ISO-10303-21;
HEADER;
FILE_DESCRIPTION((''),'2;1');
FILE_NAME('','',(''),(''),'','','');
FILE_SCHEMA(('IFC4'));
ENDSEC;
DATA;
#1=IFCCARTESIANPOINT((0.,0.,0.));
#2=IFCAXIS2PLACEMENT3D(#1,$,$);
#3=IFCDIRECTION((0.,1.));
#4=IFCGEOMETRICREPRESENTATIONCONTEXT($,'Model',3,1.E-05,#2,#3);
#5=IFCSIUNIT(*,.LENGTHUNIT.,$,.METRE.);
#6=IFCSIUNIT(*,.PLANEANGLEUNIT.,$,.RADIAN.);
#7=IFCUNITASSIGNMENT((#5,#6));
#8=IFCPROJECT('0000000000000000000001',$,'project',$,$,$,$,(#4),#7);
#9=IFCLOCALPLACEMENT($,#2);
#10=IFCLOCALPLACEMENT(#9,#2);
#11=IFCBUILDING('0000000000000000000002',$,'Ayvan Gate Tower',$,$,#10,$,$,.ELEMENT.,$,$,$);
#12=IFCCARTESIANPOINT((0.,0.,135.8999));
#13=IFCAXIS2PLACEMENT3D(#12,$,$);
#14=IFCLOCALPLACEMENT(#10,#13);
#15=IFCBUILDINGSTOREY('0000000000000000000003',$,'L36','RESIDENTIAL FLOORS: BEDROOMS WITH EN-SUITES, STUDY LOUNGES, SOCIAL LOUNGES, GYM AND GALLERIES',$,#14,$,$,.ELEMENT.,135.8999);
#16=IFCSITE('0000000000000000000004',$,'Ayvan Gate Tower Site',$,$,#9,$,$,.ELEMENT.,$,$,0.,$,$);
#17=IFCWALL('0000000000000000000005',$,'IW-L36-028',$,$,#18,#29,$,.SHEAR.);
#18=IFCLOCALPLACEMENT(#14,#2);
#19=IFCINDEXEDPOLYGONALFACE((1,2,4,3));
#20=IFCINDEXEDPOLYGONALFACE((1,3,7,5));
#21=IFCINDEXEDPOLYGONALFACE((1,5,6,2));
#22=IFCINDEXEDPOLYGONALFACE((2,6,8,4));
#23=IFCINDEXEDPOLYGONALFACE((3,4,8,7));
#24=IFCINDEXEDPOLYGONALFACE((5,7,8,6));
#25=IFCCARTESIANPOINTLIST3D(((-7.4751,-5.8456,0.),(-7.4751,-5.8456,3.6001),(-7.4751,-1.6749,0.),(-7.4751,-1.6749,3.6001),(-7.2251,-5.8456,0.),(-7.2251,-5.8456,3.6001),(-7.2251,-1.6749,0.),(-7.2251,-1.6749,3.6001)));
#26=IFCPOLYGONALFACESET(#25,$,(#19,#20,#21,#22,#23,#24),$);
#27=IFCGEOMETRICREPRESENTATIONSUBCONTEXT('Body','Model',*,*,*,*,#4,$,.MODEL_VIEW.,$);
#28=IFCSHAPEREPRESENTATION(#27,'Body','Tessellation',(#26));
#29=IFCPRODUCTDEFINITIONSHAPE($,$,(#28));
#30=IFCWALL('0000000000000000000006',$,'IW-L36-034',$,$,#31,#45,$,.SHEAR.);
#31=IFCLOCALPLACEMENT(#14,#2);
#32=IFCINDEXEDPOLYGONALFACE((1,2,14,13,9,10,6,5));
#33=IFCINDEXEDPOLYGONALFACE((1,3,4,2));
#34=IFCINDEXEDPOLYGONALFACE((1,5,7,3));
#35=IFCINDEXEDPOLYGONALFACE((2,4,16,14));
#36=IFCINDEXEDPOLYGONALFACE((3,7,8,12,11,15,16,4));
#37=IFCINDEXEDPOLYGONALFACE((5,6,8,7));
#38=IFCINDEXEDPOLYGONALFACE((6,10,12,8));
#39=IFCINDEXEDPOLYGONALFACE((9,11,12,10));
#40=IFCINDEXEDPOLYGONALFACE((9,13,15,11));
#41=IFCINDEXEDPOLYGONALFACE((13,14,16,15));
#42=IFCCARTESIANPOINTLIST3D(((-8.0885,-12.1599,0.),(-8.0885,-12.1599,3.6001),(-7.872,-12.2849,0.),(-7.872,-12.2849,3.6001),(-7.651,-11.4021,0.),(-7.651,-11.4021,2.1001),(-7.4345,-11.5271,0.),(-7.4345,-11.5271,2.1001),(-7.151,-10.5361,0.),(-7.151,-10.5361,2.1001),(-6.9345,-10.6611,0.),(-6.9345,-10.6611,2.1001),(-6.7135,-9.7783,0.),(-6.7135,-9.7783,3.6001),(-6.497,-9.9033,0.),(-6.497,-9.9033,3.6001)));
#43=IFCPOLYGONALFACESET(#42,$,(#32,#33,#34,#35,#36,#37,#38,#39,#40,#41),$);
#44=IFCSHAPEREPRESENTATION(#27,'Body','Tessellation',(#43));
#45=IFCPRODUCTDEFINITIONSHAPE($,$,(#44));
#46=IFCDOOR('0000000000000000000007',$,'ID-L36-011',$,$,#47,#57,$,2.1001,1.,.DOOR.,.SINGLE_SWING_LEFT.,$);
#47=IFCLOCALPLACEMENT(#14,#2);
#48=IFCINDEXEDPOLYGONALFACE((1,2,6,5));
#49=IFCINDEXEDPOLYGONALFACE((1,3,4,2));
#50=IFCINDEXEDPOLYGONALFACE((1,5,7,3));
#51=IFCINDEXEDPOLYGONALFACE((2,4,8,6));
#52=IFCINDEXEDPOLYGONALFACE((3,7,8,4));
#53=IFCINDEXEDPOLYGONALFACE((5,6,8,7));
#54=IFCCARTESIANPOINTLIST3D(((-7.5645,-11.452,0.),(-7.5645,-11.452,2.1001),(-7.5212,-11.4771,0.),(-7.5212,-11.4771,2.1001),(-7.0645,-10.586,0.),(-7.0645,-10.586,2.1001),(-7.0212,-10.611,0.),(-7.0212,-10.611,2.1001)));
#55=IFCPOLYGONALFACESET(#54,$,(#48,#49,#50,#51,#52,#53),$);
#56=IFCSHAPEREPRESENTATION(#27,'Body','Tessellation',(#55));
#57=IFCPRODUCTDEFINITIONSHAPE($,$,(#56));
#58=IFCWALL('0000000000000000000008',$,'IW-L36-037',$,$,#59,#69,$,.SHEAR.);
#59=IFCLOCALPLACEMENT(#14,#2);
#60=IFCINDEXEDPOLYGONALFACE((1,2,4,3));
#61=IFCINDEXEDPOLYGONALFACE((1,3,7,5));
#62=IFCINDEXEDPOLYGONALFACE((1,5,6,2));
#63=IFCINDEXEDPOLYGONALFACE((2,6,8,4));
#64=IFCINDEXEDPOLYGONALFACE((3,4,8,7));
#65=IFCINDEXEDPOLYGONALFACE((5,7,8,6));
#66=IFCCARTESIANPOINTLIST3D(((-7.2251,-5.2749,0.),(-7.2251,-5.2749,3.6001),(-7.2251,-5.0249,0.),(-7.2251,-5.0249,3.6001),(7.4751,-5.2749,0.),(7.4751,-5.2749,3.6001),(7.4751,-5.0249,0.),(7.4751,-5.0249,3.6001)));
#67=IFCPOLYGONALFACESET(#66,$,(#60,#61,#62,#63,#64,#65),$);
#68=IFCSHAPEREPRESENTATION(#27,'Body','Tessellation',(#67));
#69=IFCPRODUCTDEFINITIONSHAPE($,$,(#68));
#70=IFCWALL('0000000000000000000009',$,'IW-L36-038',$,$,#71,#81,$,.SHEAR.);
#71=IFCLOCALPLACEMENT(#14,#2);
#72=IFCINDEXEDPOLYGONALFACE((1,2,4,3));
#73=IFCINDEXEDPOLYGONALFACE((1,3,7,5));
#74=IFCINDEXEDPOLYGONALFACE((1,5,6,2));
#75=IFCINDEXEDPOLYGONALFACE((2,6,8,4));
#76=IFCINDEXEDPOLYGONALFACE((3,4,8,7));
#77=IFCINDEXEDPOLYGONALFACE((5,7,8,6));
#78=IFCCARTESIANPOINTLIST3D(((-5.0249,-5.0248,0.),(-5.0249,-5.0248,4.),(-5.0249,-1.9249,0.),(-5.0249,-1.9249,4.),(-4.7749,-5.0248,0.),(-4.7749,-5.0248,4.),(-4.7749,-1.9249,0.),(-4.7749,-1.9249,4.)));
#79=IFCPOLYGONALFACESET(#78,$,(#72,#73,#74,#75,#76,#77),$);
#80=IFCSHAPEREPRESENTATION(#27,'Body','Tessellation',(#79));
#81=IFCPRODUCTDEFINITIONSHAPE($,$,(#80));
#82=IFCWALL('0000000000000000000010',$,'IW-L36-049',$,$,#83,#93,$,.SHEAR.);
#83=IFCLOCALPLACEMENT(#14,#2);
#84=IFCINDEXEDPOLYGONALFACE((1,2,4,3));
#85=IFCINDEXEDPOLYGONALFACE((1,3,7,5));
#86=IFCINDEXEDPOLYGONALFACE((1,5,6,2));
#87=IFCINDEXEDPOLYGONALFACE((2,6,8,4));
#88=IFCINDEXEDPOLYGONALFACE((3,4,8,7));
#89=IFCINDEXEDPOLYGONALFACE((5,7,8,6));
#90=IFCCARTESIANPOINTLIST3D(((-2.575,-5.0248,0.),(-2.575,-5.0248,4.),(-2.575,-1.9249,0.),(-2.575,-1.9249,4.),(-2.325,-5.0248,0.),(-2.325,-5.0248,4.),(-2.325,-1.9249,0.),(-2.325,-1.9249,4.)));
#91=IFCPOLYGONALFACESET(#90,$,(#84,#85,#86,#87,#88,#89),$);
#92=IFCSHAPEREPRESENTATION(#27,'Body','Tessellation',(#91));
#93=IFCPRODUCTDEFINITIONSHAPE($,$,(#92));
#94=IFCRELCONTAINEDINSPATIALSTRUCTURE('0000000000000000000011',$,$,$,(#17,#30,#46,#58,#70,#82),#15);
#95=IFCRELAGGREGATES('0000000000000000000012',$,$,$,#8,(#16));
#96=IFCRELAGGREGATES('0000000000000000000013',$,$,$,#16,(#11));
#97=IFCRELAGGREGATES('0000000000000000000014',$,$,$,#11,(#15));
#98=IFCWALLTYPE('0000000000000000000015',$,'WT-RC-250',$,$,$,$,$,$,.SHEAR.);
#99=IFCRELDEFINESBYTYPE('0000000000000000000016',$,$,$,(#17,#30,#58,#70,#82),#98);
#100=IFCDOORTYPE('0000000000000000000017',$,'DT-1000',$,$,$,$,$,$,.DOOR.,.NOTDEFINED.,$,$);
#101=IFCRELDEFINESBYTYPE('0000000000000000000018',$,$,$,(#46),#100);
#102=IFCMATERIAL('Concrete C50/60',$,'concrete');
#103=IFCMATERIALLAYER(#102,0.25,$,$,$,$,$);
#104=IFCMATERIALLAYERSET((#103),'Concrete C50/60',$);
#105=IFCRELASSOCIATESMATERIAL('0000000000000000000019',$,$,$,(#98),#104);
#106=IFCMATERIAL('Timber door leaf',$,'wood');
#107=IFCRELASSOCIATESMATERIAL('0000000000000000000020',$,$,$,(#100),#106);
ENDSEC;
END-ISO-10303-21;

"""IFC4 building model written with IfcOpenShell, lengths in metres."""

from ifc_helpers import new_model, si_unit, direction, frame, frame_2d, origin, place, context, subcontext, project, spatial, rectangle, extrude, material, layer, layer_set, type_object, element, fill, save


model = new_model("IFC4")

# Units and contexts
model_context = context("Model", 3, precision=1e-05, world=origin(), true_north=direction((0.0, 1.0)))
body_context = subcontext(model_context, "Body", "Model", "MODEL_VIEW")
ifc_project = project(units=[si_unit("LENGTHUNIT", "METRE"), si_unit("PLANEANGLEUNIT", "RADIAN")], contexts=[model_context])

# Site, building, storey
site_placement = place(None, origin())
site = spatial("IfcSite", under=ifc_project, at=site_placement, Name="Ayvan Gate Tower Site", CompositionType="ELEMENT", RefElevation=0.0)
building_placement = place(site_placement, origin())
building = spatial("IfcBuilding", under=site, at=building_placement, Name="Ayvan Gate Tower", CompositionType="ELEMENT")
storey_placement = place(building_placement, frame((0.0, 0.0, 135.8999)))
storey = spatial("IfcBuildingStorey", under=building, at=storey_placement, Name="L36", Description="RESIDENTIAL FLOORS: BEDROOMS WITH EN-SUITES, STUDY LOUNGES, SOCIAL LOUNGES, GYM AND GALLERIES", CompositionType="ELEMENT", Elevation=135.8999)

# Shared definitions
ifc_material_1 = material(Name="Timber door leaf", Category="wood")

# Shared definitions
ifc_material_2 = material(Name="Concrete C50/60", Category="concrete")
ifc_layer_1 = layer(ifc_material_2, 0.25)
ifc_layer_set_1 = layer_set([ifc_layer_1], Name="Concrete C50/60")
wall_type_1 = type_object("IfcWallType", Name="WT-RC-250", PredefinedType="SHEAR", material=ifc_layer_set_1)

# Shared definitions
door_type_1 = type_object("IfcDoorType", Name="DT-1000", OperationType="NOTDEFINED", PredefinedType="DOOR", material=ifc_material_1)

# Wall
wall_1_placement = place(storey_placement, frame((-7.3501, -5.8457, 0.0), z_axis=(0.0, 0.0, 1.0), x_axis=(0.0, 1.0, 0.0)))
element("IfcWall", 1, at=wall_1_placement, inside=storey, type_object=wall_type_1, Name="IW-L36-028", PredefinedType="SHEAR", context=body_context, shape_type="SweptSolid", body=[
    extrude(rectangle(XDim=4.1707, YDim=0.25, at=frame_2d((2.0854, 0.0))), origin(), (0.0, 0.0, 1.0), 3.6001),
])

# Wall, opening, door
wall_2_placement = place(storey_placement, frame((-6.6052, -9.8408, 0.0), z_axis=(0.0, 0.0, 1.0), x_axis=(-0.499997, -0.866027, 0.0)))
wall_2 = element("IfcWall", 2, at=wall_2_placement, inside=storey, type_object=wall_type_1, Name="IW-L36-034", PredefinedType="SHEAR", context=body_context, shape_type="SweptSolid", body=[
    extrude(rectangle(XDim=2.75, YDim=0.25, at=frame_2d((1.375, 0.0))), origin(), (0.0, 0.0, 1.0), 3.6001),
])
opening_1_placement = place(wall_2_placement, frame((0.875, 0.0, 0.0)))
opening_1 = element("IfcOpeningElement", 3, at=opening_1_placement, cuts=wall_2, PredefinedType="OPENING", context=body_context, shape_type="SweptSolid", body=[
    extrude(rectangle(XDim=1.0, YDim=2.1001, at=frame_2d((0.5, 1.05))), frame((0.0, 0.135, 0.0), z_axis=(0.0, -1.0, 0.0), x_axis=(1.0, 0.0, 0.0)), (0.0, 0.0, 1.0), 0.27),
])
door_1_placement = place(opening_1_placement, origin())
door_1 = element("IfcDoor", 4, at=door_1_placement, inside=storey, type_object=door_type_1, Name="ID-L36-011", OperationType="SINGLE_SWING_LEFT", OverallHeight=2.1001, OverallWidth=1.0, PredefinedType="DOOR", context=body_context, shape_type="SweptSolid", body=[
    extrude(rectangle(XDim=1.0, YDim=2.1001, at=frame_2d((0.5, 1.05))), frame((0.0, 0.0249, 0.0), z_axis=(0.0, -1.0, 0.0), x_axis=(1.0, 0.0, 0.0)), (0.0, 0.0, 1.0), 0.05),
])
fill(opening_1, door_1)

# Walls
wall_3_placement = place(storey_placement, frame((-7.2251, -5.1499, 0.0), z_axis=(0.0, 0.0, 1.0), x_axis=(1.0, 0.0, 0.0)))
element("IfcWall", 5, at=wall_3_placement, inside=storey, type_object=wall_type_1, Name="IW-L36-037", PredefinedType="SHEAR", context=body_context, shape_type="SweptSolid", body=[
    extrude(rectangle(XDim=14.7002, YDim=0.25, at=frame_2d((7.3501, 0.0))), origin(), (0.0, 0.0, 1.0), 3.6001),
])
for number, where, z_axis, x_axis, name in (
    (6, (-4.8999, -1.925, 0.0), (0.0, 0.0, 1.0), (0.0, -1.0, 0.0), "IW-L36-038"),
    (7, (-2.45, -1.925, 0.0), (0.0, 0.0, 1.0), (0.0, -1.0, 0.0), "IW-L36-049"),
):
    element("IfcWall", number, at=place(storey_placement, frame(where, z_axis=z_axis, x_axis=x_axis)), inside=storey, type_object=wall_type_1, Name=name, PredefinedType="SHEAR", context=body_context, shape_type="SweptSolid", body=[
        extrude(rectangle(XDim=3.0999, YDim=0.25, at=frame_2d((1.5498, 0.0))), origin(), (0.0, 0.0, 1.0), 4.0),
    ])

save(model, "model.ifc")
